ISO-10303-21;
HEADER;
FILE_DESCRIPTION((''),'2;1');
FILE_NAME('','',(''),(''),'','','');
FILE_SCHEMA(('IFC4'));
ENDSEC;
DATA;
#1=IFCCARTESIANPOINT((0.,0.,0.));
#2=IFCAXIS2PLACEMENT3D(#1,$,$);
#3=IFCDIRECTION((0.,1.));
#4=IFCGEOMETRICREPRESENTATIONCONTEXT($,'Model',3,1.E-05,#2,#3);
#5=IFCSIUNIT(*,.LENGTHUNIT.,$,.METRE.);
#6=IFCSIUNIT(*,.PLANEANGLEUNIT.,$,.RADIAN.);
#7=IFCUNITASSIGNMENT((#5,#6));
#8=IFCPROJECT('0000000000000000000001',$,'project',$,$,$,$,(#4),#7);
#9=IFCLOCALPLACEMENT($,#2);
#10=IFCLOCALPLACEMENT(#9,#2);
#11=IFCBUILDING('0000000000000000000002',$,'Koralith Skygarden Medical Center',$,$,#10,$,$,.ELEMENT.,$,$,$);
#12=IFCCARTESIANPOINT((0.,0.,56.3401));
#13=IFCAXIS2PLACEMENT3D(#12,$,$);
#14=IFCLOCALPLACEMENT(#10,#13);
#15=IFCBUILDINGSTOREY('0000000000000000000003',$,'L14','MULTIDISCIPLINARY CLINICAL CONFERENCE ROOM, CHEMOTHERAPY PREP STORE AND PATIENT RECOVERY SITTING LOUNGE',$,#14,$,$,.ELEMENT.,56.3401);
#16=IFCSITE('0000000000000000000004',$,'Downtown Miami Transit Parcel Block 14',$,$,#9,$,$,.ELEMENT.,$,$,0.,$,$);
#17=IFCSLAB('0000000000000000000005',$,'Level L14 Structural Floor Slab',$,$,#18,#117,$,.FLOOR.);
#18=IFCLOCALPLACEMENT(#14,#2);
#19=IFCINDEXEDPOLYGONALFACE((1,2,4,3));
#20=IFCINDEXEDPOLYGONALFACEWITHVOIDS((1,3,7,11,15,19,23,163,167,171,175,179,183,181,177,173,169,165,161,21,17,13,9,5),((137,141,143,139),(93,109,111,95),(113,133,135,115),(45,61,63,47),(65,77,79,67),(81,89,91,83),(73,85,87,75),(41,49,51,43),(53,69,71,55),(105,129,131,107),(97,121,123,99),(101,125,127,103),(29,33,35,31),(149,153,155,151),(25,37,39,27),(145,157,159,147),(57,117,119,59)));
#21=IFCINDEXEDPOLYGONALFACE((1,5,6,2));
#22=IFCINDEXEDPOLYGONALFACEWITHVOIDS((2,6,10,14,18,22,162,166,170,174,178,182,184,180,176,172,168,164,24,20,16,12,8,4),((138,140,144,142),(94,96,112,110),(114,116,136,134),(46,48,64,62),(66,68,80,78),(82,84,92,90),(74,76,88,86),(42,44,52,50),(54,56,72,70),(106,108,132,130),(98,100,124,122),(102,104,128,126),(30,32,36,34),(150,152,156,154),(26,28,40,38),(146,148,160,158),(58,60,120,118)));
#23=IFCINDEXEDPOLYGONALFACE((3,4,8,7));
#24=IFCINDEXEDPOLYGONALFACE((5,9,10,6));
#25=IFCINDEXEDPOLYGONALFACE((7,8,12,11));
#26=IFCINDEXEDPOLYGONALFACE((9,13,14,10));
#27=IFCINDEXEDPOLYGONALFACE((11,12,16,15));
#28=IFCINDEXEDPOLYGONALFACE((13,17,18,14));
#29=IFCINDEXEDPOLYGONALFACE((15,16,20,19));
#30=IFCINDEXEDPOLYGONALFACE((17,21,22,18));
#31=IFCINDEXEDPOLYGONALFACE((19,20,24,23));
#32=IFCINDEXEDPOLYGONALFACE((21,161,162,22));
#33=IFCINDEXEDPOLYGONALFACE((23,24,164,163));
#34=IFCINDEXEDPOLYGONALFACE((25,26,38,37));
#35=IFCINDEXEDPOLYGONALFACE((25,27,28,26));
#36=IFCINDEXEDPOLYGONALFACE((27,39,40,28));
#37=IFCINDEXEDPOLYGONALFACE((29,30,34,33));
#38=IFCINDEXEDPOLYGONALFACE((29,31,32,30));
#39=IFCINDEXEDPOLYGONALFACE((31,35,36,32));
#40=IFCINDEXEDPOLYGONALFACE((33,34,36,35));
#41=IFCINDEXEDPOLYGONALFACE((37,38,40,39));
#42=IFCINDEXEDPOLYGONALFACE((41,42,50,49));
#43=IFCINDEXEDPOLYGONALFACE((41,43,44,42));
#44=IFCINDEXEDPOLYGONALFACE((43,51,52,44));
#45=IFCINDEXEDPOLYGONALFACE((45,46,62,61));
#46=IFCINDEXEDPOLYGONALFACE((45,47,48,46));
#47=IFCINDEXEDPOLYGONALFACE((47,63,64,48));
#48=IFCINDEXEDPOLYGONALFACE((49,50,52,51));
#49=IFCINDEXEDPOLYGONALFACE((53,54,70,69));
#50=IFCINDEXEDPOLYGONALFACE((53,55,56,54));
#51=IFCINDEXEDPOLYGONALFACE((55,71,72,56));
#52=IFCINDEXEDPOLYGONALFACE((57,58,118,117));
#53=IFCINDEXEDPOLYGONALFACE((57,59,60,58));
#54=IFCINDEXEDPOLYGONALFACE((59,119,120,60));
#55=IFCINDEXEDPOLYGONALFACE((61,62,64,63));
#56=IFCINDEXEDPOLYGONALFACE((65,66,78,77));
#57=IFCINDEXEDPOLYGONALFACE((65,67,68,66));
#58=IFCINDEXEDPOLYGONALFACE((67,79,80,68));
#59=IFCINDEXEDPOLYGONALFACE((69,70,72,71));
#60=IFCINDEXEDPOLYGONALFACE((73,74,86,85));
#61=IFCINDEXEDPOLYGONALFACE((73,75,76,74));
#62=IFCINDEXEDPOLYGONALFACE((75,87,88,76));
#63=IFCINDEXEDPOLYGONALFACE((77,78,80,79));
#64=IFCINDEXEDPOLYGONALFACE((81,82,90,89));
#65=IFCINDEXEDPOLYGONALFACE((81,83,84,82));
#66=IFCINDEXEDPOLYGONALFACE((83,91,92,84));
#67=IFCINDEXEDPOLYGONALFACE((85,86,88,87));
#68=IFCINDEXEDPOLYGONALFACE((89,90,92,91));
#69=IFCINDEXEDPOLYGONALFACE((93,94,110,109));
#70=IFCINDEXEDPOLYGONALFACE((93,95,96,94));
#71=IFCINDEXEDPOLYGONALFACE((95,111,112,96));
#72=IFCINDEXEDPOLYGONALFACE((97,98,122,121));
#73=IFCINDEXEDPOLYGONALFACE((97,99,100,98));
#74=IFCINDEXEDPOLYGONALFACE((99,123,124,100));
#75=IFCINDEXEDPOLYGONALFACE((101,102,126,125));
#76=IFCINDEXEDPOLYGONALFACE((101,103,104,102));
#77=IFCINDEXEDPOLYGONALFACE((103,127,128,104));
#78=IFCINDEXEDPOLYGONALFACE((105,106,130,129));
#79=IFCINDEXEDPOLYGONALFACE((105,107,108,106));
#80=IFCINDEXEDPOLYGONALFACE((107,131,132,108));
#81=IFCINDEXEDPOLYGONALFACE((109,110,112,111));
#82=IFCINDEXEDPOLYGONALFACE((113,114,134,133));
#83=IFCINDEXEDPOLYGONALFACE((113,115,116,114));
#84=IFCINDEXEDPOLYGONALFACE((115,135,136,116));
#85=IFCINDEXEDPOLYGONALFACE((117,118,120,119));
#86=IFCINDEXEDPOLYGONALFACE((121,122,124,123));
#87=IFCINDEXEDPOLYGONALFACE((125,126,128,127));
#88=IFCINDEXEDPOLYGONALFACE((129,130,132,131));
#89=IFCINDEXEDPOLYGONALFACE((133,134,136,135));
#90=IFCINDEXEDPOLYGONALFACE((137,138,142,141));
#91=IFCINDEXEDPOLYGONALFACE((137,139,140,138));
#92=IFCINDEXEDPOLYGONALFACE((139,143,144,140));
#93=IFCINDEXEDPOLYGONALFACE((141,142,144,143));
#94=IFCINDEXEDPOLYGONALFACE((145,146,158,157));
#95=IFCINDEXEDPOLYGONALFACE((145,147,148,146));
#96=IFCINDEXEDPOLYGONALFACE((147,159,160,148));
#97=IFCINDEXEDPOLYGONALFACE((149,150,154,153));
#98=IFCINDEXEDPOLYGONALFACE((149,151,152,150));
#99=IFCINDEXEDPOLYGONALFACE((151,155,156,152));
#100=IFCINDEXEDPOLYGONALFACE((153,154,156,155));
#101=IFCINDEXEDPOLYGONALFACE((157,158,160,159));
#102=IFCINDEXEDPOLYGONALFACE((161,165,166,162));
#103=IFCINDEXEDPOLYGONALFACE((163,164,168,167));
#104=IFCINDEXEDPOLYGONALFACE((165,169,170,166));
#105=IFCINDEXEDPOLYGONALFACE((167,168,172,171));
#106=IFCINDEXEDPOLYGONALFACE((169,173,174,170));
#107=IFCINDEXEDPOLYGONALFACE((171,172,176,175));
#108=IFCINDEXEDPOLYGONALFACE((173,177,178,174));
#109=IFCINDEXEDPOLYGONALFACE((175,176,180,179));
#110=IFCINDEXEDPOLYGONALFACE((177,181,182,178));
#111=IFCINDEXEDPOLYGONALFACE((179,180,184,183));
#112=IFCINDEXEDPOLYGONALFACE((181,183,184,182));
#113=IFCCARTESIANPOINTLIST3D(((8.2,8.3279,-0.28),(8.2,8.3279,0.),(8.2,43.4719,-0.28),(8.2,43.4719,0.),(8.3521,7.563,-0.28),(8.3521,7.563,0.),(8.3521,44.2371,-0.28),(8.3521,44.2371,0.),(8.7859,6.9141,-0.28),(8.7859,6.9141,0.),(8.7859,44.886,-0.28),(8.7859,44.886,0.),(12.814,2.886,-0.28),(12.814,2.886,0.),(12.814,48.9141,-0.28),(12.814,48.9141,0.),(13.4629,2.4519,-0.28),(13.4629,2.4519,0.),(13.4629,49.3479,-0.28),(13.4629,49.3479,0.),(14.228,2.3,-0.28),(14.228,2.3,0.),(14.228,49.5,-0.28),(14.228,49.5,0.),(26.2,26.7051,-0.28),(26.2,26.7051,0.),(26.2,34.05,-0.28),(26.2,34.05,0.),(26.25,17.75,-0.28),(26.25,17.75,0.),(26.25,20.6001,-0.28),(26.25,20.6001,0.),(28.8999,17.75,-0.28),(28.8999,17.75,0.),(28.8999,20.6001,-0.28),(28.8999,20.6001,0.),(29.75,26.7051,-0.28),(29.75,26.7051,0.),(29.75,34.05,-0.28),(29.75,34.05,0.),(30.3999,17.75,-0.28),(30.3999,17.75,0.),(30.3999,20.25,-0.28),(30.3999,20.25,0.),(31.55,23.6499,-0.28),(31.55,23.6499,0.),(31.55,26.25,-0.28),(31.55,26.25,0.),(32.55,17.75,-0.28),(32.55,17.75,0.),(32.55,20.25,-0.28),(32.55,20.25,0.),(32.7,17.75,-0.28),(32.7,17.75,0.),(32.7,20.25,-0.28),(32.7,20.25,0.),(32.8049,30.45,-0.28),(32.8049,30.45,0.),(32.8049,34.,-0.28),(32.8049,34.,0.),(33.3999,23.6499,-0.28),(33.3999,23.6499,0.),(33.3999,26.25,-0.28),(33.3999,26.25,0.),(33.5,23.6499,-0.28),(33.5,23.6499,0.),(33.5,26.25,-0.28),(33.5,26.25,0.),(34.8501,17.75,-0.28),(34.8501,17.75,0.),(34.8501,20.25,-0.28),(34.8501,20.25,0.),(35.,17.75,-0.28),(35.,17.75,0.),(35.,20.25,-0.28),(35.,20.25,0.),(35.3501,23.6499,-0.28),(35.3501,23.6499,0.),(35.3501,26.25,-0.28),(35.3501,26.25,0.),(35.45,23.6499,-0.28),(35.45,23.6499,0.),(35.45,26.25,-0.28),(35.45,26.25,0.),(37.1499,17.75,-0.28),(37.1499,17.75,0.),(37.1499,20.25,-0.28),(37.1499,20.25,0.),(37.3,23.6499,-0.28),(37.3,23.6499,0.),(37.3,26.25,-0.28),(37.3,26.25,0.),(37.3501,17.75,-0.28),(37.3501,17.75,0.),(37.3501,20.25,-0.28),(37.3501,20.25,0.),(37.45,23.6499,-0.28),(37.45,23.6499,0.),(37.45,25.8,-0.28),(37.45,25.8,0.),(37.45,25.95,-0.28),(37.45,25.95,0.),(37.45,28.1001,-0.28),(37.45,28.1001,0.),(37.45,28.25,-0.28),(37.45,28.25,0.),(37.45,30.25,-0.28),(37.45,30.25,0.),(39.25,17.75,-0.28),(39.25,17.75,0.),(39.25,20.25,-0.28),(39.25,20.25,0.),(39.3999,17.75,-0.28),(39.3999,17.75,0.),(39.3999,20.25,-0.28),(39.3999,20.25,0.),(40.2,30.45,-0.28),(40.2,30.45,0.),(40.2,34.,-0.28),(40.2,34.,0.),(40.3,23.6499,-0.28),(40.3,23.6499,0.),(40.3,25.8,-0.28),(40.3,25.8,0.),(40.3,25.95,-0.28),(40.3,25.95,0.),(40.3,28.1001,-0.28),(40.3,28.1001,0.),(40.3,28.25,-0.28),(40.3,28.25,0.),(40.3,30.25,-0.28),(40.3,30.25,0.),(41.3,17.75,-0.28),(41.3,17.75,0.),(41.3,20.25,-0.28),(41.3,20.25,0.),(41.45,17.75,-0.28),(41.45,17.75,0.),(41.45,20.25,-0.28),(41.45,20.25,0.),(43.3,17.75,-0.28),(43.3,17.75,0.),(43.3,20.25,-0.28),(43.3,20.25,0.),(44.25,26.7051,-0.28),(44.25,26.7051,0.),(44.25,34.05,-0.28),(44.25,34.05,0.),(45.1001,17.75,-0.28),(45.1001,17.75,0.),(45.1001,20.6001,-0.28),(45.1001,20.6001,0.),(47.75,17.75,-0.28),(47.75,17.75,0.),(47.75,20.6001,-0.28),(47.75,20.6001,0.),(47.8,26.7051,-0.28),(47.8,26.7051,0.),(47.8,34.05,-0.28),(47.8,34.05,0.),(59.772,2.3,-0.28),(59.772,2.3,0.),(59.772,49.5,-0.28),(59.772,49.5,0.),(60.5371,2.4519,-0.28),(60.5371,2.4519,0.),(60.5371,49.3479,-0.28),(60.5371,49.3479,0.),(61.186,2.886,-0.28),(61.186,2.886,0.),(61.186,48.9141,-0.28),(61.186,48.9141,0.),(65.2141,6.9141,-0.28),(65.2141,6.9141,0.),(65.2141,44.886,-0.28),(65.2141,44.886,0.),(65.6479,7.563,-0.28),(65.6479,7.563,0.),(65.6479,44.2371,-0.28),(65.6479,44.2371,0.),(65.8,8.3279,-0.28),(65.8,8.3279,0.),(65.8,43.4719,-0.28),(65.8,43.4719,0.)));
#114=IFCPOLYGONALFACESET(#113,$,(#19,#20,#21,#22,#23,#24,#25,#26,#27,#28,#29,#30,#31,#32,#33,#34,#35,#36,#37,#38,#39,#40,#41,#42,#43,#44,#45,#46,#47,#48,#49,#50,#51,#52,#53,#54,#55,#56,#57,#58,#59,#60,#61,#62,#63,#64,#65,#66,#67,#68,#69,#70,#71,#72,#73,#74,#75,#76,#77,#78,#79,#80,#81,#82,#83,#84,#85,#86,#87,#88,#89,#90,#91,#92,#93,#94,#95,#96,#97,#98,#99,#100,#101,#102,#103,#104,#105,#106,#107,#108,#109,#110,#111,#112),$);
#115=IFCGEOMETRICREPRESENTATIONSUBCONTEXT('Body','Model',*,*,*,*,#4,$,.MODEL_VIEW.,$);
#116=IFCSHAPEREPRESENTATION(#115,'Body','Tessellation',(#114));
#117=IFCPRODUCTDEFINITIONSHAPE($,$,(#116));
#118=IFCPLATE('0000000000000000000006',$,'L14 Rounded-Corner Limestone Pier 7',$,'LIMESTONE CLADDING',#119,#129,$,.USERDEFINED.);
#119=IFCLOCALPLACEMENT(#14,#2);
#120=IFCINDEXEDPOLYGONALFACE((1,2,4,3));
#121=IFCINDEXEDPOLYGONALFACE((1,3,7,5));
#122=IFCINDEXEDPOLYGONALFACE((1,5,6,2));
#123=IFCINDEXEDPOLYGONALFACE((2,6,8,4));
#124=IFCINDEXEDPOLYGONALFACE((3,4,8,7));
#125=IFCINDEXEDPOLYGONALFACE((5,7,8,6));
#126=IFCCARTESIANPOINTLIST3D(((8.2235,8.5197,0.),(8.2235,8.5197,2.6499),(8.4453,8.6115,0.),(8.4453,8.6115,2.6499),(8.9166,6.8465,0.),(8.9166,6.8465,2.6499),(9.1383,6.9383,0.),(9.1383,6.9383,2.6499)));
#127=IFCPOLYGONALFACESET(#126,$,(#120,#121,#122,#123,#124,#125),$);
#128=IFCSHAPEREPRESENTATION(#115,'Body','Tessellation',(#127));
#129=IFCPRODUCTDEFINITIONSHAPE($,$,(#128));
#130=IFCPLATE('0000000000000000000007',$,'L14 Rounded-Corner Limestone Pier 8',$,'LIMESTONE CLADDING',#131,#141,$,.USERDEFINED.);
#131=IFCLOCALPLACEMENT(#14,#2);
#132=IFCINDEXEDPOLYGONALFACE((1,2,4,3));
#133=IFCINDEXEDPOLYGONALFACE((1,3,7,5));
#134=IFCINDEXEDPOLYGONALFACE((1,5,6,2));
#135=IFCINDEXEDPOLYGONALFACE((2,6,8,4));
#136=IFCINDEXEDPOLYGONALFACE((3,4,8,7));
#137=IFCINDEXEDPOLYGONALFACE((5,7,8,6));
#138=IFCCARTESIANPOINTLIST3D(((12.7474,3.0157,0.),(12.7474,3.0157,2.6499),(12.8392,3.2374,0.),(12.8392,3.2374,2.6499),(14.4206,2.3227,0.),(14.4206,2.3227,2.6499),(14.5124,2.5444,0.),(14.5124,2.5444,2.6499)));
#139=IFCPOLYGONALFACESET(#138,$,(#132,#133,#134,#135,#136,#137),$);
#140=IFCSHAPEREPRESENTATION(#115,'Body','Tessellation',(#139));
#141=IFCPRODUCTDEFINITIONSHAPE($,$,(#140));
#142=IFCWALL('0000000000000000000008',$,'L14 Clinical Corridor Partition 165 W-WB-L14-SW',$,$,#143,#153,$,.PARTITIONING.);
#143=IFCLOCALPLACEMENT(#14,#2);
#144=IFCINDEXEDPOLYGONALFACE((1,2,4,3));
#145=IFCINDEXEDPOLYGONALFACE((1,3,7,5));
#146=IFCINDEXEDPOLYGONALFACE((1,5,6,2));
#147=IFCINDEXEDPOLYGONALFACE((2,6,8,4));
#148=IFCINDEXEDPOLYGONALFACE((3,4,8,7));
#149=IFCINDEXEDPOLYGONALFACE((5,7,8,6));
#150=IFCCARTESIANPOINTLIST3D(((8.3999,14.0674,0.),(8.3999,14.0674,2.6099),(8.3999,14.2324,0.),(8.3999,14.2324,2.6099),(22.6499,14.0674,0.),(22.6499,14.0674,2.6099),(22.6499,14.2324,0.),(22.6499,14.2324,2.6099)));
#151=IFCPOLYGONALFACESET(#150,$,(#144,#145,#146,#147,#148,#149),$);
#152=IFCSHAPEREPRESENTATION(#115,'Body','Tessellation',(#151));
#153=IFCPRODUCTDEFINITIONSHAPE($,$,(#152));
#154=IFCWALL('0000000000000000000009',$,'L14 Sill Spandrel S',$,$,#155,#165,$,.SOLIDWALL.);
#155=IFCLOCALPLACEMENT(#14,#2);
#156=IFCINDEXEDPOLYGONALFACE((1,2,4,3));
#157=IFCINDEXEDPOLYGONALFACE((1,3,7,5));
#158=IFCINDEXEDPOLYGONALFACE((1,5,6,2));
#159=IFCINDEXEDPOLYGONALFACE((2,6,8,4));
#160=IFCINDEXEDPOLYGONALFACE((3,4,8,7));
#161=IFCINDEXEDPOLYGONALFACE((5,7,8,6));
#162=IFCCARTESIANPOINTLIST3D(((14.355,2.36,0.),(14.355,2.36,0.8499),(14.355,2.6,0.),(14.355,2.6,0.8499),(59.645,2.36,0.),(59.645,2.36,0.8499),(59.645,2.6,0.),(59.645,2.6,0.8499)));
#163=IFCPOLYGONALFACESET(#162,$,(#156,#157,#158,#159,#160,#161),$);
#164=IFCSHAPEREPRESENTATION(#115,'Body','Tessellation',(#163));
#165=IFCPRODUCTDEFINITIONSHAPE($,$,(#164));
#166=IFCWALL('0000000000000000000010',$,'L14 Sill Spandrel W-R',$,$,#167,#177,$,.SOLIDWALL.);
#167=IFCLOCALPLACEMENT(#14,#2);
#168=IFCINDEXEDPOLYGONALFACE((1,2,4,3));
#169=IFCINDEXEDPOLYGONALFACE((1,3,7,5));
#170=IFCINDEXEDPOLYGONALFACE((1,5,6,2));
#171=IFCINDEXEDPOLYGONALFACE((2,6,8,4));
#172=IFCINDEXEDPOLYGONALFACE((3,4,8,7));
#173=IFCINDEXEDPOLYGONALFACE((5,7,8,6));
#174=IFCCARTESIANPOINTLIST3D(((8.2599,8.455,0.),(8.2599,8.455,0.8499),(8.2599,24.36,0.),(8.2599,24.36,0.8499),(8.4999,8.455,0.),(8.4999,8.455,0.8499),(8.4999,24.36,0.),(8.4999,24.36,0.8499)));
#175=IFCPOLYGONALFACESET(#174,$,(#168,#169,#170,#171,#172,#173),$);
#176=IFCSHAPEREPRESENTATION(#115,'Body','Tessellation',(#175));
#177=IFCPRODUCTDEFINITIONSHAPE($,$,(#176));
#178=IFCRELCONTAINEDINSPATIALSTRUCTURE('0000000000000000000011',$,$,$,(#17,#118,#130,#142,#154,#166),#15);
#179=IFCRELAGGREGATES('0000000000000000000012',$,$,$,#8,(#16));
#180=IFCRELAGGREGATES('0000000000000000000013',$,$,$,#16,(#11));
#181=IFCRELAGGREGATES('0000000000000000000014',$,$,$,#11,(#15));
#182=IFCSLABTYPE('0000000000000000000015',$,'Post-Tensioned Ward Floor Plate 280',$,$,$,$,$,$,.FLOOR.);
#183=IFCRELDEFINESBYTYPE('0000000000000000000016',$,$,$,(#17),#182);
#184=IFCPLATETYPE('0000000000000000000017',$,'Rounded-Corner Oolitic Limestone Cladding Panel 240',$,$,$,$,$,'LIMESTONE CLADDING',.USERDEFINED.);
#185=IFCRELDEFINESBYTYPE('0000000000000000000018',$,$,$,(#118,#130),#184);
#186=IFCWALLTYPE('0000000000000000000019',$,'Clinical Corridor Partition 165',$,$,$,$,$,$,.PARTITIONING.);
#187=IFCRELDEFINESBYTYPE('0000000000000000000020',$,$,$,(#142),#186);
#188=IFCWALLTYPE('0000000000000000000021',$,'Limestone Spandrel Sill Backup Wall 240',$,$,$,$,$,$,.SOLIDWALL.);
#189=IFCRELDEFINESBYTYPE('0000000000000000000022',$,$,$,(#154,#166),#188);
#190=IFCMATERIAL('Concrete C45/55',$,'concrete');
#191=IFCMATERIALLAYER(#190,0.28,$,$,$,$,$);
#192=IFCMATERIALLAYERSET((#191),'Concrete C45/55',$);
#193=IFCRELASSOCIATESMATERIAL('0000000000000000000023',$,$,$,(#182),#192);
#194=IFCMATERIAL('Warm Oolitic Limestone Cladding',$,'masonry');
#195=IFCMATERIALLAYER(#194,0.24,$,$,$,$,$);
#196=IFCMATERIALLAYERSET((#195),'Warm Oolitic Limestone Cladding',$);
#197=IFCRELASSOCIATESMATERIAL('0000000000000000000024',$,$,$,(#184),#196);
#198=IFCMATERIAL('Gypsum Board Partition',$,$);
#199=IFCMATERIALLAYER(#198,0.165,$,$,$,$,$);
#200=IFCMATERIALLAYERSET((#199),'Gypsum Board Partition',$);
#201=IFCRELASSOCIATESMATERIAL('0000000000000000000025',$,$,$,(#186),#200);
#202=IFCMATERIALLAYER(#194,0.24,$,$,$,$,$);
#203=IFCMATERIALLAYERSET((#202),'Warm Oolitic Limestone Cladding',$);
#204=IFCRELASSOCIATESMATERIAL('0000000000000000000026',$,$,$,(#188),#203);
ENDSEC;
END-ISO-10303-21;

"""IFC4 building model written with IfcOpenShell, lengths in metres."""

from ifc_helpers import new_model, si_unit, direction, frame, frame_2d, origin, origin_2d, place, context, subcontext, project, spatial, polyline, rectangle, outline, extrude, material, layer, layer_set, type_object, element, save


model = new_model("IFC4")

# Units and contexts
model_context = context("Model", 3, precision=1e-05, world=origin(), true_north=direction((0.0, 1.0)))
body_context = subcontext(model_context, "Body", "Model", "MODEL_VIEW")
ifc_project = project(units=[si_unit("LENGTHUNIT", "METRE"), si_unit("PLANEANGLEUNIT", "RADIAN")], contexts=[model_context])

# Site, building, storey
site_placement = place(None, origin())
site = spatial("IfcSite", under=ifc_project, at=site_placement, Name="Downtown Miami Transit Parcel Block 14", CompositionType="ELEMENT", RefElevation=0.0)
building_placement = place(site_placement, origin())
building = spatial("IfcBuilding", under=site, at=building_placement, Name="Koralith Skygarden Medical Center", CompositionType="ELEMENT")
storey_placement = place(building_placement, frame((0.0, 0.0, 56.3401)))
storey = spatial("IfcBuildingStorey", under=building, at=storey_placement, Name="L14", Description="MULTIDISCIPLINARY CLINICAL CONFERENCE ROOM, CHEMOTHERAPY PREP STORE AND PATIENT RECOVERY SITTING LOUNGE", CompositionType="ELEMENT", Elevation=56.3401)

# Shared definitions
ifc_material_1 = material(Name="Concrete C45/55", Category="concrete")

# Slab
ifc_layer_1 = layer(ifc_material_1, 0.28)
ifc_layer_set_1 = layer_set([ifc_layer_1], Name="Concrete C45/55")
slab_type_1 = type_object("IfcSlabType", Name="Post-Tensioned Ward Floor Plate 280", PredefinedType="FLOOR", material=ifc_layer_set_1)
slab_1_placement = place(storey_placement, frame((0.0, 0.0, -0.28)))
element("IfcSlab", 1, at=slab_1_placement, inside=storey, type_object=slab_type_1, Name="Level L14 Structural Floor Slab", PredefinedType="FLOOR", context=body_context, shape_type="SweptSolid", body=[
    extrude(outline(polyline([(12.814, 2.886), (13.4629, 2.4519), (14.228, 2.3), (59.772, 2.3), (60.5371, 2.4519), (61.186, 2.886), (65.2141, 6.9141), (65.6479, 7.563), (65.8, 8.3279), (65.8, 43.4719), (65.6479, 44.2371), (65.2141, 44.886), (61.186, 48.9141), (60.5371, 49.3479), (59.772, 49.5), (14.228, 49.5), (13.4629, 49.3479), (12.814, 48.9141), (8.7859, 44.886), (8.3521, 44.2371), (8.2, 43.4719), (8.2, 8.3279), (8.3521, 7.563), (8.7859, 6.9141), (12.814, 2.886)]), holes=[polyline([(26.2, 26.7051), (29.75, 26.7051), (29.75, 34.05), (26.2, 34.05), (26.2, 26.7051)]), polyline([(44.25, 26.7051), (47.8, 26.7051), (47.8, 34.05), (44.25, 34.05), (44.25, 26.7051)]), polyline([(32.8049, 30.45), (40.2, 30.45), (40.2, 34.0), (32.8049, 34.0), (32.8049, 30.45)]), polyline([(26.25, 17.75), (28.8999, 17.75), (28.8999, 20.6001), (26.25, 20.6001), (26.25, 17.75)]), polyline([(45.1001, 17.75), (47.75, 17.75), (47.75, 20.6001), (45.1001, 20.6001), (45.1001, 17.75)]), polyline([(30.3999, 17.75), (32.55, 17.75), (32.55, 20.25), (30.3999, 20.25), (30.3999, 17.75)]), polyline([(32.7, 17.75), (34.8501, 17.75), (34.8501, 20.25), (32.7, 20.25), (32.7, 17.75)]), polyline([(35.0, 17.75), (37.1499, 17.75), (37.1499, 20.25), (35.0, 20.25), (35.0, 17.75)]), polyline([(37.3501, 17.75), (39.25, 17.75), (39.25, 20.25), (37.3501, 20.25), (37.3501, 17.75)]), polyline([(39.3999, 17.75), (41.3, 17.75), (41.3, 20.25), (39.3999, 20.25), (39.3999, 17.75)]), polyline([(41.45, 17.75), (43.3, 17.75), (43.3, 20.25), (41.45, 20.25), (41.45, 17.75)]), polyline([(31.55, 23.6499), (33.3999, 23.6499), (33.3999, 26.25), (31.55, 26.25), (31.55, 23.6499)]), polyline([(33.5, 23.6499), (35.3501, 23.6499), (35.3501, 26.25), (33.5, 26.25), (33.5, 23.6499)]), polyline([(35.45, 23.6499), (37.3, 23.6499), (37.3, 26.25), (35.45, 26.25), (35.45, 23.6499)]), polyline([(37.45, 23.6499), (40.3, 23.6499), (40.3, 25.8), (37.45, 25.8), (37.45, 23.6499)]), polyline([(37.45, 25.95), (40.3, 25.95), (40.3, 28.1001), (37.45, 28.1001), (37.45, 25.95)]), polyline([(37.45, 28.25), (40.3, 28.25), (40.3, 30.25), (37.45, 30.25), (37.45, 28.25)])]), origin(), (0.0, 0.0, 1.0), 0.28),
])

# Plates
ifc_material_2 = material(Name="Warm Oolitic Limestone Cladding", Category="masonry")
ifc_layer_2 = layer(ifc_material_2, 0.24)
ifc_layer_set_2 = layer_set([ifc_layer_2], Name="Warm Oolitic Limestone Cladding")
plate_type_1 = type_object("IfcPlateType", Name="Rounded-Corner Oolitic Limestone Cladding Panel 240", ElementType="LIMESTONE CLADDING", PredefinedType="USERDEFINED", material=ifc_layer_set_2)
for number, where, z_axis, x_axis, name in (
    (2, (8.6809, 7.729, 0.0), (0.0, 0.0, 1.0), (0.382671, -0.923885, 0.0), "L14 Rounded-Corner Limestone Pier 7"),
    (3, (13.6299, 2.78, 0.0), (0.0, 0.0, 1.0), (0.923885, -0.382671, 0.0), "L14 Rounded-Corner Limestone Pier 8"),
):
    element("IfcPlate", number, at=place(storey_placement, frame(where, z_axis=z_axis, x_axis=x_axis)), inside=storey, type_object=plate_type_1, Name=name, ObjectType="LIMESTONE CLADDING", PredefinedType="USERDEFINED", context=body_context, shape_type="SweptSolid", body=[
        extrude(rectangle(XDim=1.811, YDim=0.24, at=origin_2d()), origin(), (0.0, 0.0, 1.0), 2.6499),
    ])

# Walls
ifc_material_3 = material(Name="Gypsum Board Partition")
ifc_layer_3 = layer(ifc_material_3, 0.165)
ifc_layer_set_3 = layer_set([ifc_layer_3], Name="Gypsum Board Partition")
wall_type_1 = type_object("IfcWallType", Name="Clinical Corridor Partition 165", PredefinedType="PARTITIONING", material=ifc_layer_set_3)
wall_1_placement = place(storey_placement, frame((8.3999, 14.1499, 0.0), z_axis=(0.0, 0.0, 1.0), x_axis=(1.0, 0.0, 0.0)))
element("IfcWall", 4, at=wall_1_placement, inside=storey, type_object=wall_type_1, Name="L14 Clinical Corridor Partition 165 W-WB-L14-SW", PredefinedType="PARTITIONING", context=body_context, shape_type="SweptSolid", body=[
    extrude(rectangle(XDim=14.25, YDim=0.165, at=frame_2d((7.125, 0.0))), origin(), (0.0, 0.0, 1.0), 2.6099),
])
ifc_layer_4 = layer(ifc_material_2, 0.24)
ifc_layer_set_4 = layer_set([ifc_layer_4], Name="Warm Oolitic Limestone Cladding")
wall_type_2 = type_object("IfcWallType", Name="Limestone Spandrel Sill Backup Wall 240", PredefinedType="SOLIDWALL", material=ifc_layer_set_4)
wall_2_placement = place(storey_placement, frame((14.355, 2.48, 0.0), z_axis=(0.0, 0.0, 1.0), x_axis=(1.0, 0.0, 0.0)))
element("IfcWall", 5, at=wall_2_placement, inside=storey, type_object=wall_type_2, Name="L14 Sill Spandrel S", PredefinedType="SOLIDWALL", context=body_context, shape_type="SweptSolid", body=[
    extrude(rectangle(XDim=45.29, YDim=0.24, at=frame_2d((22.645, 0.0))), origin(), (0.0, 0.0, 1.0), 0.8499),
])
wall_3_placement = place(storey_placement, frame((8.3799, 24.3601, 0.0), z_axis=(0.0, 0.0, 1.0), x_axis=(0.0, -1.0, 0.0)))
element("IfcWall", 6, at=wall_3_placement, inside=storey, type_object=wall_type_2, Name="L14 Sill Spandrel W-R", PredefinedType="SOLIDWALL", context=body_context, shape_type="SweptSolid", body=[
    extrude(rectangle(XDim=15.905, YDim=0.24, at=frame_2d((7.9526, 0.0))), origin(), (0.0, 0.0, 1.0), 0.8499),
])

save(model, "model.ifc")
